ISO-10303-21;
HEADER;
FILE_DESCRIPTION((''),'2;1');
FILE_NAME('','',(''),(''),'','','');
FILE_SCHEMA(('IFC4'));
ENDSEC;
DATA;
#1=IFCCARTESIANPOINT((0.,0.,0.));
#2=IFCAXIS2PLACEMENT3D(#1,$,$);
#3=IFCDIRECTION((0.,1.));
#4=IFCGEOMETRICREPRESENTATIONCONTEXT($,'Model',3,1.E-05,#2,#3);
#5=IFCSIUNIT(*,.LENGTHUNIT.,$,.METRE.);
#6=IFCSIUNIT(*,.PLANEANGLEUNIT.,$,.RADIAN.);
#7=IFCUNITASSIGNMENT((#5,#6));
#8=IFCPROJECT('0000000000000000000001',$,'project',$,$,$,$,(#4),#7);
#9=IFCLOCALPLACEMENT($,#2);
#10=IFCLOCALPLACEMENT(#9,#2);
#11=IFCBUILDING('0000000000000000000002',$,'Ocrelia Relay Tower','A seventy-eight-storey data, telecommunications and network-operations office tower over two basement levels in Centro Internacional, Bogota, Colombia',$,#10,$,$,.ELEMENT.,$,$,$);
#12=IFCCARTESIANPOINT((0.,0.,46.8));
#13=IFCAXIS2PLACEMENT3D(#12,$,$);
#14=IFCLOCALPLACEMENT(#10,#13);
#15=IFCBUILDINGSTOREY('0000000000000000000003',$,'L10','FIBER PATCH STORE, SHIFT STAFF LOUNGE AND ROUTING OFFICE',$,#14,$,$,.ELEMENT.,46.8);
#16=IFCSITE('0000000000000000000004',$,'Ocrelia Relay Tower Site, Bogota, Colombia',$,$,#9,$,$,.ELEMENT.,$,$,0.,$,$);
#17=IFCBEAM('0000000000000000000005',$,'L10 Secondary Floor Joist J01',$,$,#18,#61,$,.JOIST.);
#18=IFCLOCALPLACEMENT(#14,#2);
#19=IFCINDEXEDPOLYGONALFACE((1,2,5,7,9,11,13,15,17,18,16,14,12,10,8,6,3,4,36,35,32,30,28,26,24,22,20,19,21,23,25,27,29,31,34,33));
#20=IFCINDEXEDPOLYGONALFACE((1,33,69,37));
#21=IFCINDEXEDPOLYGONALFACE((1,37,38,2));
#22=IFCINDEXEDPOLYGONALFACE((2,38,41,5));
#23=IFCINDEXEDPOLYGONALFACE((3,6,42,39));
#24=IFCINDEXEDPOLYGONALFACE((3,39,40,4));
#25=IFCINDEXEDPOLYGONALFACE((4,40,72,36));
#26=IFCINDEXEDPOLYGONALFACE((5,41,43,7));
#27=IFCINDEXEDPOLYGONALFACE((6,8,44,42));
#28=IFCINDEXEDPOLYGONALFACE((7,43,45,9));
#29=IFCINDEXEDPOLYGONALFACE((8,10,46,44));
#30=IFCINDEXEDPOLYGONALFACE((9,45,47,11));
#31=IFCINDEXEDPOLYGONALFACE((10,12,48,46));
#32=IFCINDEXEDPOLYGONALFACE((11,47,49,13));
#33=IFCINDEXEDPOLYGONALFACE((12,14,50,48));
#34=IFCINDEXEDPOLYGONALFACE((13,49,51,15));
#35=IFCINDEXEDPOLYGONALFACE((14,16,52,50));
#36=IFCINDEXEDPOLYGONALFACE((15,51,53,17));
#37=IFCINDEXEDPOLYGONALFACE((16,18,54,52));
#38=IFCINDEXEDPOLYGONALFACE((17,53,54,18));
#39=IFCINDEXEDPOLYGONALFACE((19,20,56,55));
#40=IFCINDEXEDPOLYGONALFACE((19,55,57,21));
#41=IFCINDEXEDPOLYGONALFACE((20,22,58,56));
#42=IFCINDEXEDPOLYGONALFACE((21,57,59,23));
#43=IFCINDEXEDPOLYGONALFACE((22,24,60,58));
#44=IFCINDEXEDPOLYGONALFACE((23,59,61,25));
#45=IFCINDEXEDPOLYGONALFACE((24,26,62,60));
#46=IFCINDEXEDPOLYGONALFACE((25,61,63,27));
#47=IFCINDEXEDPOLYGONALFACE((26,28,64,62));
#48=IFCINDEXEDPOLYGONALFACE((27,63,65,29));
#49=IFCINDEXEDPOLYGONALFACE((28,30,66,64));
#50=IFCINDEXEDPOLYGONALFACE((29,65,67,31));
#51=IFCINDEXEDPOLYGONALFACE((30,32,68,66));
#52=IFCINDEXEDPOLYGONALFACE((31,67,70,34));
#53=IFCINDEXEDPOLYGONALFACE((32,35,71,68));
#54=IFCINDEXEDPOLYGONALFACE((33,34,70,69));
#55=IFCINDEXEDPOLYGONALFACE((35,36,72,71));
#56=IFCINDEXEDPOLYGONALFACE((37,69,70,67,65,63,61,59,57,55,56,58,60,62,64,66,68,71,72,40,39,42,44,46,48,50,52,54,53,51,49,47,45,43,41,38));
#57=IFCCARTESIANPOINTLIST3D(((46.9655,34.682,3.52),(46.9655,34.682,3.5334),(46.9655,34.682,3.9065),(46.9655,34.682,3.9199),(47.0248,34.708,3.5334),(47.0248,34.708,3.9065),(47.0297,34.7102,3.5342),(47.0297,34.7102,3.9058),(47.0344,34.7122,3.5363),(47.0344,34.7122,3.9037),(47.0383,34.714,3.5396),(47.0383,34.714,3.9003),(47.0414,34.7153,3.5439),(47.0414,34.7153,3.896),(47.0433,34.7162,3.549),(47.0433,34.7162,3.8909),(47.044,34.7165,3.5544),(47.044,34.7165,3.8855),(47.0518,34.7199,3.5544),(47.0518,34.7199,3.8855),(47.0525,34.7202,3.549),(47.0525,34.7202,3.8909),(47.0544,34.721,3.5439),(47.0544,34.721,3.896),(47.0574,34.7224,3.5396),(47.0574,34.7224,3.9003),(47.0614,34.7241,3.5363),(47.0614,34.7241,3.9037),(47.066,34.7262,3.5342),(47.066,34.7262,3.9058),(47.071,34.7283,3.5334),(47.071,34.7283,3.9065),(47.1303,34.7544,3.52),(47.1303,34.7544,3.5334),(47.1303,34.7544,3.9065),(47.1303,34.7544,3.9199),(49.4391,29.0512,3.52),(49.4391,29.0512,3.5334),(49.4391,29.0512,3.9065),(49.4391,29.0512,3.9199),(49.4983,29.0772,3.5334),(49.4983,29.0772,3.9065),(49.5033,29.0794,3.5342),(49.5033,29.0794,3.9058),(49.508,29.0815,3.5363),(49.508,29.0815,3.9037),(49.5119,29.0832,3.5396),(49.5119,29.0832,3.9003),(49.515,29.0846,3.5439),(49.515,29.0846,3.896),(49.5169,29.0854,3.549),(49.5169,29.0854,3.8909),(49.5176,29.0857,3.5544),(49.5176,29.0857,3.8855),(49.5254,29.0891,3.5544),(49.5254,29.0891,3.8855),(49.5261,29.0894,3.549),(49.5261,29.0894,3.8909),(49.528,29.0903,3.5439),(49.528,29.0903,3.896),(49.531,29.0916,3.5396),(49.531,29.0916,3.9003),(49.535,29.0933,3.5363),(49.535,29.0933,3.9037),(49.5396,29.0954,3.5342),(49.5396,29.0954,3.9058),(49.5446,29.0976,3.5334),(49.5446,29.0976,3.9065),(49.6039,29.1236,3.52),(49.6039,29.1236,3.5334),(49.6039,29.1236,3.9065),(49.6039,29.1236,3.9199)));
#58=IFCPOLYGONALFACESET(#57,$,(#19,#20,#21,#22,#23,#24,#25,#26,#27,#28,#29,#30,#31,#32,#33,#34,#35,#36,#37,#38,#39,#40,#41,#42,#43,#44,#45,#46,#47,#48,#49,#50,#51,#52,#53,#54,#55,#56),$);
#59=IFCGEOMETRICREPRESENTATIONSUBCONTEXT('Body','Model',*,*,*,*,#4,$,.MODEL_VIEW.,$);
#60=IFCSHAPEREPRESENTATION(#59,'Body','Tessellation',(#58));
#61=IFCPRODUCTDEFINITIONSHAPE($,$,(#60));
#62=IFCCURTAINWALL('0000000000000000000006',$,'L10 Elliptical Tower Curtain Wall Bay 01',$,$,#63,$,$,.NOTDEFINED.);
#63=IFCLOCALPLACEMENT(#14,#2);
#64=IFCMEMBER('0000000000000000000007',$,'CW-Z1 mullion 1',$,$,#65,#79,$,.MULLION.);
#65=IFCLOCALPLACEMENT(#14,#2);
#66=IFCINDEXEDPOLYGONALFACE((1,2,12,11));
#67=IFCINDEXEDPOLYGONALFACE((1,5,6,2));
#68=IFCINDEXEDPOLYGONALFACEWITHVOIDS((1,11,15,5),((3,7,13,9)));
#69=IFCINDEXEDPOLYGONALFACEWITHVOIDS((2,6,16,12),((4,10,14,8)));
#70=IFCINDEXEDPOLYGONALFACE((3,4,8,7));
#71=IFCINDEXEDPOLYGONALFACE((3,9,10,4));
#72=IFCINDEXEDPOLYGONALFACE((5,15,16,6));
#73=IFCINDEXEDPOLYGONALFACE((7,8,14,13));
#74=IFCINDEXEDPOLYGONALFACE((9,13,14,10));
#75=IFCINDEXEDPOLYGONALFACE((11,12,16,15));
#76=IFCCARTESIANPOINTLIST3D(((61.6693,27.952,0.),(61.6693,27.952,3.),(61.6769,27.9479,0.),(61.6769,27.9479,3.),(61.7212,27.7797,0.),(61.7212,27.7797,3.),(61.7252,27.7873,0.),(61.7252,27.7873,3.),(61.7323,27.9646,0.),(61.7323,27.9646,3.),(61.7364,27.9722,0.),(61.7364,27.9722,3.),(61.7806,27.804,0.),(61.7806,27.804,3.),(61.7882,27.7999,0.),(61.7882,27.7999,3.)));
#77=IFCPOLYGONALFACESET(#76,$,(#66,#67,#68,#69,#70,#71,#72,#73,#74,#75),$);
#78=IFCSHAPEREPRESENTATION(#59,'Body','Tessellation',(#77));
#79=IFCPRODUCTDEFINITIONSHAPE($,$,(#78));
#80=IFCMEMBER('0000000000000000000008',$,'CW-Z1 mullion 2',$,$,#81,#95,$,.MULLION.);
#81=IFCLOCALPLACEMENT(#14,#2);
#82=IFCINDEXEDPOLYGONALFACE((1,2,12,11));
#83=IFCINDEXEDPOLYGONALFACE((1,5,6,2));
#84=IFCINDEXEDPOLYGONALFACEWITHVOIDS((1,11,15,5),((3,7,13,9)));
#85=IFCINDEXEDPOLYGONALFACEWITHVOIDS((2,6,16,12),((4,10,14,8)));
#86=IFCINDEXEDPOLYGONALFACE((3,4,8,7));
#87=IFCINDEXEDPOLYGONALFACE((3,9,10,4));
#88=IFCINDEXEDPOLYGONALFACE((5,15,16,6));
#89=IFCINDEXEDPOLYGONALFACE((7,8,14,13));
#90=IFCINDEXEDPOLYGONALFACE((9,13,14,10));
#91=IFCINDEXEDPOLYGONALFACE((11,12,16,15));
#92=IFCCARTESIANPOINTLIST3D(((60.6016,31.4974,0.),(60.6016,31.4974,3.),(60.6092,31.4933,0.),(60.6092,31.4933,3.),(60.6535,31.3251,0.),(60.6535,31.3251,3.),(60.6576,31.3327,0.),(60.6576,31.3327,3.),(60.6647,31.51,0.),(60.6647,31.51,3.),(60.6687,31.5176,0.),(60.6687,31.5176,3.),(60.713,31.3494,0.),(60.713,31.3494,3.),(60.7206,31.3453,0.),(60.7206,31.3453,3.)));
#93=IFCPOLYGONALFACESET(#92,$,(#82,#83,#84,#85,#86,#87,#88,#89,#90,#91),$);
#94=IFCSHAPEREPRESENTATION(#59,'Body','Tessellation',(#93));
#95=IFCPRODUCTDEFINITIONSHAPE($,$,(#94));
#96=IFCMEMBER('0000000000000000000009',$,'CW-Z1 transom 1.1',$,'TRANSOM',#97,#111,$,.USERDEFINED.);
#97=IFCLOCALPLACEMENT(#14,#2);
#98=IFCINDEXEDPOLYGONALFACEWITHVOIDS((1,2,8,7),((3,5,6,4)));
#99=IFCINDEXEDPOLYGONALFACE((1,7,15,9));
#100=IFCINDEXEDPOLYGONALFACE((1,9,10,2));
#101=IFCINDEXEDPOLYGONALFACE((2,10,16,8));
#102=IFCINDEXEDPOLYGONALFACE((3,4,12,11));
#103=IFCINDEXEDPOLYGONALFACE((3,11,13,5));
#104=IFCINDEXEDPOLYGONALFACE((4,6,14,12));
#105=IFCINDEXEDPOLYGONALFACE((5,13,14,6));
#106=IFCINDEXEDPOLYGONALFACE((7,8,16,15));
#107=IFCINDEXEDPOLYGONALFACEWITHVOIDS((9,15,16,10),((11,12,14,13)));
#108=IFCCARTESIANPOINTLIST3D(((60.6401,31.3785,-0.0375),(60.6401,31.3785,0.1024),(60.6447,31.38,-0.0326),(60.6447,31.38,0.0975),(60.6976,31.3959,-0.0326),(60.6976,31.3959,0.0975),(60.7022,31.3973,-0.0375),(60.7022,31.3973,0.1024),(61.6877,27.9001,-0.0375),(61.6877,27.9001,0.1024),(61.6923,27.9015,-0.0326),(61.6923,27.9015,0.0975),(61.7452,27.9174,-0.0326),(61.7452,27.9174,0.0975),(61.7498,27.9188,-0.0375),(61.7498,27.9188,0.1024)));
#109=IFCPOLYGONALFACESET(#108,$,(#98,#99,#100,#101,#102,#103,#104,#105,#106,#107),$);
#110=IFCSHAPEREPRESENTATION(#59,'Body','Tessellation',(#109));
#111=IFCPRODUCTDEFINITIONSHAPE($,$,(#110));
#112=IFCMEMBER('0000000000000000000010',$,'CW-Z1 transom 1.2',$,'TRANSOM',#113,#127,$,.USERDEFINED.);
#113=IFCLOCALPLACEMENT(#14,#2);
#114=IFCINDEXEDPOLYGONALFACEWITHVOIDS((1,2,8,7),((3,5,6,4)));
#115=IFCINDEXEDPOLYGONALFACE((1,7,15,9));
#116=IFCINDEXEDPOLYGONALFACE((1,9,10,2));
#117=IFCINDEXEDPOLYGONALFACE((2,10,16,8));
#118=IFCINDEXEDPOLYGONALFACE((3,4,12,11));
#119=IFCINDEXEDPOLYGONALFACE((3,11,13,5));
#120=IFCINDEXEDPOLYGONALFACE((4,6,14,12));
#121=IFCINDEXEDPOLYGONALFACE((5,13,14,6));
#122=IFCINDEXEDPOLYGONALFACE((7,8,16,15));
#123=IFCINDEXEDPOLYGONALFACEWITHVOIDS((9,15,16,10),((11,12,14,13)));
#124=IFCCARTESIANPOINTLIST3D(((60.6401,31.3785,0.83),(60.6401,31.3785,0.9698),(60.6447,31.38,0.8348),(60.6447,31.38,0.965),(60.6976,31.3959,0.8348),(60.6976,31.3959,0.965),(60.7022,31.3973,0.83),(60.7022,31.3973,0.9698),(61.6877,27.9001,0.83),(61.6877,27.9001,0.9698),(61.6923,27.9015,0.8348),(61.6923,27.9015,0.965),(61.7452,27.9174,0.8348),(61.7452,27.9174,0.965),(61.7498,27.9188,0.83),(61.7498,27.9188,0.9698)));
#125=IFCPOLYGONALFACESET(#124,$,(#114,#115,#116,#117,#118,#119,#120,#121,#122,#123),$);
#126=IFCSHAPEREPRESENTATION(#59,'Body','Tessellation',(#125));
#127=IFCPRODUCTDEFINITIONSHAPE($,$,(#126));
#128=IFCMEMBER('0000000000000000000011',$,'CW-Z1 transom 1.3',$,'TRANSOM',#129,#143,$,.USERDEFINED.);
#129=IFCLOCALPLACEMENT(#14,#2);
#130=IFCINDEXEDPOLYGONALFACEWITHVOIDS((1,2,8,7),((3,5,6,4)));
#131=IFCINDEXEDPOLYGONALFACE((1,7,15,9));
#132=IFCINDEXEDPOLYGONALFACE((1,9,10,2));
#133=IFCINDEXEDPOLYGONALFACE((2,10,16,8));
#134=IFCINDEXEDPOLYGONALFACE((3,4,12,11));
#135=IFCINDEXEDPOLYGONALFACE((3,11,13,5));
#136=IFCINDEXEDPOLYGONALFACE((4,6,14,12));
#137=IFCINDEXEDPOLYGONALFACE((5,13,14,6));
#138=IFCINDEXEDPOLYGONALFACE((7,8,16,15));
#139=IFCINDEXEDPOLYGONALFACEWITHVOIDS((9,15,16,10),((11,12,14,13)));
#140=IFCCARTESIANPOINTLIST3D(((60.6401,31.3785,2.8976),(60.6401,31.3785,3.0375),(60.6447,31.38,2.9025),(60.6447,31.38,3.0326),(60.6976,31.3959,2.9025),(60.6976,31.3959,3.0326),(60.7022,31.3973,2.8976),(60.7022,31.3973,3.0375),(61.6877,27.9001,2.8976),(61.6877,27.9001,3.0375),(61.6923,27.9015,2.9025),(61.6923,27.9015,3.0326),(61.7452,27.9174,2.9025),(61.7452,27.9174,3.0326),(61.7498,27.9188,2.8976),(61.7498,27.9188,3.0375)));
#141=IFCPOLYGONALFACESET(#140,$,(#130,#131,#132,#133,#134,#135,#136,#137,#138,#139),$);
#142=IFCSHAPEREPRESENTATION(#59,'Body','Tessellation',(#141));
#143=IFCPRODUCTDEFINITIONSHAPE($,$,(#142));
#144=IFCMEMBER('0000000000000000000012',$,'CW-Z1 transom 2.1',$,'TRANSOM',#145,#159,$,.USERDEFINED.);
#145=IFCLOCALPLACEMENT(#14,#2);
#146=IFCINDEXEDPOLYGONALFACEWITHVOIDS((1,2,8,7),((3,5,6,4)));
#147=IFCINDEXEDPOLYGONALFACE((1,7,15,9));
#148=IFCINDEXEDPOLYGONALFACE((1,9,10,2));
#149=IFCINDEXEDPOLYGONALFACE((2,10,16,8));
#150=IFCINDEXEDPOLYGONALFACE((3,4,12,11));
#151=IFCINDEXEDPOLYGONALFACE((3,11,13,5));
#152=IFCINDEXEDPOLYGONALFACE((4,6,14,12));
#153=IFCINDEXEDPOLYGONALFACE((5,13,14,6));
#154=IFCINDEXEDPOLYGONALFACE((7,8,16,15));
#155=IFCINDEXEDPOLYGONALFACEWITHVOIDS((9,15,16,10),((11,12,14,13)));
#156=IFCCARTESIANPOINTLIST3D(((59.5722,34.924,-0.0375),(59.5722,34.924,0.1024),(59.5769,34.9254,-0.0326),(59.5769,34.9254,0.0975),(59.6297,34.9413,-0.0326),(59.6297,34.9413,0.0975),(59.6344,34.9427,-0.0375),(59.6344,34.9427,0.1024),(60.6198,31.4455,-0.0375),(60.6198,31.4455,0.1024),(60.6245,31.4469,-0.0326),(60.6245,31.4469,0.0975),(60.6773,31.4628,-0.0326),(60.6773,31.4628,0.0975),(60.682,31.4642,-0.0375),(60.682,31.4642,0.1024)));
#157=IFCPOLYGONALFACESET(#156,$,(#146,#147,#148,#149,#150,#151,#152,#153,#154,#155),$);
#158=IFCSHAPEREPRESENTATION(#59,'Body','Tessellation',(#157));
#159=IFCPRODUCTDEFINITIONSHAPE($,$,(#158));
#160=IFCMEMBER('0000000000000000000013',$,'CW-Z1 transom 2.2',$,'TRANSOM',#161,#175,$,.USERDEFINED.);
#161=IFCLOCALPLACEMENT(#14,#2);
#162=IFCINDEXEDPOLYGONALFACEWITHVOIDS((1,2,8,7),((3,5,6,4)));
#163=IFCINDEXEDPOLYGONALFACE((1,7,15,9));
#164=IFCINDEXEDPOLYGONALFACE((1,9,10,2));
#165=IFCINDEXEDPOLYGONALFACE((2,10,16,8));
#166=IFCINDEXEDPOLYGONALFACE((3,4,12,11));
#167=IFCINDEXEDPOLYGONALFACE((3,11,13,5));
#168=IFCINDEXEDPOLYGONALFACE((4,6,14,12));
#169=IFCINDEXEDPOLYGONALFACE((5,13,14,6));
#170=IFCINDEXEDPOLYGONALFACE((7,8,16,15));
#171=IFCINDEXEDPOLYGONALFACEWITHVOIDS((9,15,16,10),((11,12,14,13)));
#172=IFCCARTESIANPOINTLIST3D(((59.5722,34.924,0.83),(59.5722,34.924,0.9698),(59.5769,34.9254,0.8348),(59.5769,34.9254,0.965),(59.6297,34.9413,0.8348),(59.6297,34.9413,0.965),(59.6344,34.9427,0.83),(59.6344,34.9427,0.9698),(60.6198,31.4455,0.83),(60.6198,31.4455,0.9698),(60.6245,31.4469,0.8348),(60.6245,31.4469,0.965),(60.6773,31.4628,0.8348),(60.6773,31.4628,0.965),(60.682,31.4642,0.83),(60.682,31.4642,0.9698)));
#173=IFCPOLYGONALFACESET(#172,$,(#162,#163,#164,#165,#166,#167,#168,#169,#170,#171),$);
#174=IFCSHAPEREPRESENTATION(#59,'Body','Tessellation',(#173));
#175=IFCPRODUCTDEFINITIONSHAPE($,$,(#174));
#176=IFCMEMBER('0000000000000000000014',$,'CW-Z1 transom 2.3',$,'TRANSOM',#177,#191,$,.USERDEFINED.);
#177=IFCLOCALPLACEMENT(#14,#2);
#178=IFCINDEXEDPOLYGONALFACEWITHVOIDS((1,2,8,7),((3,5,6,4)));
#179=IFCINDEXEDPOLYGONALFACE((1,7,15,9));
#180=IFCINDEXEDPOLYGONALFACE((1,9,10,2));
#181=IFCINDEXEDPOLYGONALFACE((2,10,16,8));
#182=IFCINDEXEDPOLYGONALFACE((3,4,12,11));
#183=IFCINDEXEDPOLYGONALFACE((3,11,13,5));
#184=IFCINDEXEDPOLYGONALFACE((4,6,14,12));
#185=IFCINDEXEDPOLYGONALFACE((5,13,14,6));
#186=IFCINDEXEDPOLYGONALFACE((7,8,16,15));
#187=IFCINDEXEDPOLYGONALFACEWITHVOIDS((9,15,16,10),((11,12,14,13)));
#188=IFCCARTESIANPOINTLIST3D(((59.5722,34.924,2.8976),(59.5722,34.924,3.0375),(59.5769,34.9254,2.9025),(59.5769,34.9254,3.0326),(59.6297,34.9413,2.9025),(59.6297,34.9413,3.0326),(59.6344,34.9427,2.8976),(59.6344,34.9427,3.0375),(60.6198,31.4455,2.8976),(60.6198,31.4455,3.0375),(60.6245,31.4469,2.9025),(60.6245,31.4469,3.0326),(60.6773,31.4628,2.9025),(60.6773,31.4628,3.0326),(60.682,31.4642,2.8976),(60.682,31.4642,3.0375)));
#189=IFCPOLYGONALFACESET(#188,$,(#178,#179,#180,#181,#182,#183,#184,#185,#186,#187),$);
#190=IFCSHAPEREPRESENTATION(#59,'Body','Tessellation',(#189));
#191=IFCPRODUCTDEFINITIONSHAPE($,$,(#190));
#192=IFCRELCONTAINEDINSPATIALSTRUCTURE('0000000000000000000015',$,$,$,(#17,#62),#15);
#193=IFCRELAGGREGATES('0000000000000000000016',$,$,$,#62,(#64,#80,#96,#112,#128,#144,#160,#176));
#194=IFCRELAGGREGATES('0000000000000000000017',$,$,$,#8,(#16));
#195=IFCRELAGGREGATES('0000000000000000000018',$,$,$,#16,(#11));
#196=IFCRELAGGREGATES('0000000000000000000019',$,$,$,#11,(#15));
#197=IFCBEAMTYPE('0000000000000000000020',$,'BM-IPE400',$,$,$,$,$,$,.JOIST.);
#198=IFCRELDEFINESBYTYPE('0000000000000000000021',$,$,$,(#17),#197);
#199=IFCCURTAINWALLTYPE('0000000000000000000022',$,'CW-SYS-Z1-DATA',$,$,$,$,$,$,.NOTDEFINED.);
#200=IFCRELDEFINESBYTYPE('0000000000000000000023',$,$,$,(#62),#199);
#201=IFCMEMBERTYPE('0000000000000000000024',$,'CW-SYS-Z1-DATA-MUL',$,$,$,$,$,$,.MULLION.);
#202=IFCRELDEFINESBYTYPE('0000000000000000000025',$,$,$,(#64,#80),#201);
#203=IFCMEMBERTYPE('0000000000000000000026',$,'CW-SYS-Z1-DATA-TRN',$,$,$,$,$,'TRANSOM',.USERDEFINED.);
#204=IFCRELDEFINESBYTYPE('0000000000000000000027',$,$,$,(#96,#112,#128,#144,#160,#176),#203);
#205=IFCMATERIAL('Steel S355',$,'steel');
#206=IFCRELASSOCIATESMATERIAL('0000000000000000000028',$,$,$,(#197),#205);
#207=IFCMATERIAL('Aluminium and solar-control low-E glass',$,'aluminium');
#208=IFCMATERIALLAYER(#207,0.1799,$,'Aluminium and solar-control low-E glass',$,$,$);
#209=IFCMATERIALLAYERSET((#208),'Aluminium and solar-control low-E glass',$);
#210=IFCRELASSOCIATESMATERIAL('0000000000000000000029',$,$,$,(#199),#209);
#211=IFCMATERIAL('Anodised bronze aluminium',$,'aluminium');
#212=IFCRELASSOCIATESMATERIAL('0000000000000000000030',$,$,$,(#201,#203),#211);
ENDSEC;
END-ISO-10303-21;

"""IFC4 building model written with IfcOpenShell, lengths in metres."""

from ifc_helpers import new_model, si_unit, direction, frame, origin, origin_2d, place, context, subcontext, project, spatial, hollow_rectangle, i_section, extrude, material, layer, layer_set, material_profile, profile_set, type_object, element, aggregate, save


model = new_model("IFC4")

# Units and contexts
model_context = context("Model", 3, precision=1e-05, world=origin(), true_north=direction((0.0, 1.0)))
body_context = subcontext(model_context, "Body", "Model", "MODEL_VIEW")
ifc_project = project(units=[si_unit("LENGTHUNIT", "METRE"), si_unit("PLANEANGLEUNIT", "RADIAN")], contexts=[model_context])

# Site, building, storey
site_placement = place(None, origin())
site = spatial("IfcSite", under=ifc_project, at=site_placement, Name="Ocrelia Relay Tower Site, Bogota, Colombia", CompositionType="ELEMENT", RefElevation=0.0)
building_placement = place(site_placement, origin())
building = spatial("IfcBuilding", under=site, at=building_placement, Name="Ocrelia Relay Tower", Description="A seventy-eight-storey data, telecommunications and network-operations office tower over two basement levels in Centro Internacional, Bogota, Colombia", CompositionType="ELEMENT")
storey_placement = place(building_placement, frame((0.0, 0.0, 46.8)))
storey = spatial("IfcBuildingStorey", under=building, at=storey_placement, Name="L10", Description="FIBER PATCH STORE, SHIFT STAFF LOUNGE AND ROUTING OFFICE", CompositionType="ELEMENT", Elevation=46.8)

# Beam
ifc_material_1 = material(Name="Steel S355", Category="steel")
ifc_material_profile_1 = material_profile(ifc_material_1, i_section(OverallWidth=0.1799, OverallDepth=0.3999, WebThickness=0.0085, FlangeThickness=0.0134, FilletRadius=0.021, at=origin_2d()), Name="IPE 400")
ifc_profile_set_1 = profile_set([ifc_material_profile_1], Name="Steel S355")
beam_type_1 = type_object("IfcBeamType", Name="BM-IPE400", PredefinedType="JOIST", material=ifc_profile_set_1)
beam_1_placement = place(storey_placement, frame((49.5215, 29.0874, 3.72), z_axis=(-0.402201, 0.915551, 0.0), x_axis=(-0.915551, -0.402201, 0.0)))
element("IfcBeam", 1, at=beam_1_placement, inside=storey, type_object=beam_type_1, Name="L10 Secondary Floor Joist J01", PredefinedType="JOIST", context=body_context, shape_type="SweptSolid", body=[
    extrude(i_section(OverallWidth=0.1799, OverallDepth=0.3999, WebThickness=0.0085, FlangeThickness=0.0134, FilletRadius=0.021, at=origin_2d()), origin(), (0.0, 0.0, 1.0), 6.1501),
])

# Curtain wall, members
ifc_material_2 = material(Name="Aluminium and solar-control low-E glass", Category="aluminium")
ifc_layer_1 = layer(ifc_material_2, 0.1799, Name="Aluminium and solar-control low-E glass")
ifc_layer_set_1 = layer_set([ifc_layer_1], Name="Aluminium and solar-control low-E glass")
curtain_wall_type = type_object("IfcCurtainWallType", Name="CW-SYS-Z1-DATA", PredefinedType="NOTDEFINED", material=ifc_layer_set_1)
curtain_wall_placement = place(storey_placement, origin())
curtain_wall = element("IfcCurtainWall", 2, at=curtain_wall_placement, inside=storey, type_object=curtain_wall_type, Name="L10 Elliptical Tower Curtain Wall Bay 01", PredefinedType="NOTDEFINED")
ifc_material_3 = material(Name="Anodised bronze aluminium", Category="aluminium")
ifc_material_profile_2 = material_profile(ifc_material_3, hollow_rectangle(XDim=0.0701, YDim=0.1799, WallThickness=0.0061, at=origin_2d()), Name="CW-MUL-180x70")
ifc_profile_set_2 = profile_set([ifc_material_profile_2], Name="Anodised bronze aluminium")
member_type_1 = type_object("IfcMemberType", Name="CW-SYS-Z1-DATA-MUL", PredefinedType="MULLION", material=ifc_profile_set_2)
member_1_placement = place(storey_placement, frame((61.7288, 27.876, 0.0), z_axis=(0.0, 0.0, 1.0), x_axis=(-0.957519, -0.28837, 0.0)))
member_1 = element("IfcMember", 3, at=member_1_placement, type_object=member_type_1, Name="CW-Z1 mullion 1", PredefinedType="MULLION", context=body_context, shape_type="SweptSolid", body=[
    extrude(hollow_rectangle(XDim=0.0701, YDim=0.1799, WallThickness=0.0061, at=origin_2d()), origin(), (0.0, 0.0, 1.0), 3.0),
])
member_2_placement = place(storey_placement, frame((60.6611, 31.4214, 0.0), z_axis=(0.0, 0.0, 1.0), x_axis=(-0.957519, -0.28837, 0.0)))
member_2 = element("IfcMember", 4, at=member_2_placement, type_object=member_type_1, Name="CW-Z1 mullion 2", PredefinedType="MULLION", context=body_context, shape_type="SweptSolid", body=[
    extrude(hollow_rectangle(XDim=0.0701, YDim=0.1799, WallThickness=0.0061, at=origin_2d()), origin(), (0.0, 0.0, 1.0), 3.0),
])
ifc_material_profile_3 = material_profile(ifc_material_3, hollow_rectangle(XDim=0.0649, YDim=0.1399, WallThickness=0.0049, at=origin_2d()), Name="CW-TRN-140x65")
ifc_profile_set_3 = profile_set([ifc_material_profile_3], Name="Anodised bronze aluminium")
member_type_2 = type_object("IfcMemberType", Name="CW-SYS-Z1-DATA-TRN", ElementType="TRANSOM", PredefinedType="USERDEFINED", material=ifc_profile_set_3)
member_3_placement = place(storey_placement, frame((61.7188, 27.9094, 0.0325), z_axis=(-0.288371, 0.957519, 0.0), x_axis=(-0.957519, -0.288371, 0.0)))
member_3 = element("IfcMember", 5, at=member_3_placement, type_object=member_type_2, Name="CW-Z1 transom 1.1", ObjectType="TRANSOM", PredefinedType="USERDEFINED", context=body_context, shape_type="SweptSolid", body=[
    extrude(hollow_rectangle(XDim=0.0649, YDim=0.1399, WallThickness=0.0049, at=origin_2d()), origin(), (0.0, 0.0, 1.0), 3.6328),
])
member_4_placement = place(storey_placement, frame((61.7188, 27.9094, 0.8999), z_axis=(-0.288371, 0.957519, 0.0), x_axis=(-0.957519, -0.288371, 0.0)))
member_4 = element("IfcMember", 6, at=member_4_placement, type_object=member_type_2, Name="CW-Z1 transom 1.2", ObjectType="TRANSOM", PredefinedType="USERDEFINED", context=body_context, shape_type="SweptSolid", body=[
    extrude(hollow_rectangle(XDim=0.0649, YDim=0.1399, WallThickness=0.0049, at=origin_2d()), origin(), (0.0, 0.0, 1.0), 3.6328),
])
member_5_placement = place(storey_placement, frame((61.7188, 27.9094, 2.9675), z_axis=(-0.288371, 0.957519, 0.0), x_axis=(-0.957519, -0.288371, 0.0)))
member_5 = element("IfcMember", 7, at=member_5_placement, type_object=member_type_2, Name="CW-Z1 transom 1.3", ObjectType="TRANSOM", PredefinedType="USERDEFINED", context=body_context, shape_type="SweptSolid", body=[
    extrude(hollow_rectangle(XDim=0.0649, YDim=0.1399, WallThickness=0.0049, at=origin_2d()), origin(), (0.0, 0.0, 1.0), 3.6328),
])
member_6_placement = place(storey_placement, frame((60.6509, 31.4548, 0.0325), z_axis=(-0.288371, 0.957519, 0.0), x_axis=(-0.957519, -0.288371, 0.0)))
member_6 = element("IfcMember", 8, at=member_6_placement, type_object=member_type_2, Name="CW-Z1 transom 2.1", ObjectType="TRANSOM", PredefinedType="USERDEFINED", context=body_context, shape_type="SweptSolid", body=[
    extrude(hollow_rectangle(XDim=0.0649, YDim=0.1399, WallThickness=0.0049, at=origin_2d()), origin(), (0.0, 0.0, 1.0), 3.6328),
])
member_7_placement = place(storey_placement, frame((60.6509, 31.4548, 0.8999), z_axis=(-0.288371, 0.957519, 0.0), x_axis=(-0.957519, -0.288371, 0.0)))
member_7 = element("IfcMember", 9, at=member_7_placement, type_object=member_type_2, Name="CW-Z1 transom 2.2", ObjectType="TRANSOM", PredefinedType="USERDEFINED", context=body_context, shape_type="SweptSolid", body=[
    extrude(hollow_rectangle(XDim=0.0649, YDim=0.1399, WallThickness=0.0049, at=origin_2d()), origin(), (0.0, 0.0, 1.0), 3.6328),
])
member_8_placement = place(storey_placement, frame((60.6509, 31.4548, 2.9675), z_axis=(-0.288371, 0.957519, 0.0), x_axis=(-0.957519, -0.288371, 0.0)))
member_8 = element("IfcMember", 10, at=member_8_placement, type_object=member_type_2, Name="CW-Z1 transom 2.3", ObjectType="TRANSOM", PredefinedType="USERDEFINED", context=body_context, shape_type="SweptSolid", body=[
    extrude(hollow_rectangle(XDim=0.0649, YDim=0.1399, WallThickness=0.0049, at=origin_2d()), origin(), (0.0, 0.0, 1.0), 3.6328),
])
aggregate(curtain_wall, [member_1, member_2, member_3, member_4, member_5, member_6, member_7, member_8])

save(model, "model.ifc")
